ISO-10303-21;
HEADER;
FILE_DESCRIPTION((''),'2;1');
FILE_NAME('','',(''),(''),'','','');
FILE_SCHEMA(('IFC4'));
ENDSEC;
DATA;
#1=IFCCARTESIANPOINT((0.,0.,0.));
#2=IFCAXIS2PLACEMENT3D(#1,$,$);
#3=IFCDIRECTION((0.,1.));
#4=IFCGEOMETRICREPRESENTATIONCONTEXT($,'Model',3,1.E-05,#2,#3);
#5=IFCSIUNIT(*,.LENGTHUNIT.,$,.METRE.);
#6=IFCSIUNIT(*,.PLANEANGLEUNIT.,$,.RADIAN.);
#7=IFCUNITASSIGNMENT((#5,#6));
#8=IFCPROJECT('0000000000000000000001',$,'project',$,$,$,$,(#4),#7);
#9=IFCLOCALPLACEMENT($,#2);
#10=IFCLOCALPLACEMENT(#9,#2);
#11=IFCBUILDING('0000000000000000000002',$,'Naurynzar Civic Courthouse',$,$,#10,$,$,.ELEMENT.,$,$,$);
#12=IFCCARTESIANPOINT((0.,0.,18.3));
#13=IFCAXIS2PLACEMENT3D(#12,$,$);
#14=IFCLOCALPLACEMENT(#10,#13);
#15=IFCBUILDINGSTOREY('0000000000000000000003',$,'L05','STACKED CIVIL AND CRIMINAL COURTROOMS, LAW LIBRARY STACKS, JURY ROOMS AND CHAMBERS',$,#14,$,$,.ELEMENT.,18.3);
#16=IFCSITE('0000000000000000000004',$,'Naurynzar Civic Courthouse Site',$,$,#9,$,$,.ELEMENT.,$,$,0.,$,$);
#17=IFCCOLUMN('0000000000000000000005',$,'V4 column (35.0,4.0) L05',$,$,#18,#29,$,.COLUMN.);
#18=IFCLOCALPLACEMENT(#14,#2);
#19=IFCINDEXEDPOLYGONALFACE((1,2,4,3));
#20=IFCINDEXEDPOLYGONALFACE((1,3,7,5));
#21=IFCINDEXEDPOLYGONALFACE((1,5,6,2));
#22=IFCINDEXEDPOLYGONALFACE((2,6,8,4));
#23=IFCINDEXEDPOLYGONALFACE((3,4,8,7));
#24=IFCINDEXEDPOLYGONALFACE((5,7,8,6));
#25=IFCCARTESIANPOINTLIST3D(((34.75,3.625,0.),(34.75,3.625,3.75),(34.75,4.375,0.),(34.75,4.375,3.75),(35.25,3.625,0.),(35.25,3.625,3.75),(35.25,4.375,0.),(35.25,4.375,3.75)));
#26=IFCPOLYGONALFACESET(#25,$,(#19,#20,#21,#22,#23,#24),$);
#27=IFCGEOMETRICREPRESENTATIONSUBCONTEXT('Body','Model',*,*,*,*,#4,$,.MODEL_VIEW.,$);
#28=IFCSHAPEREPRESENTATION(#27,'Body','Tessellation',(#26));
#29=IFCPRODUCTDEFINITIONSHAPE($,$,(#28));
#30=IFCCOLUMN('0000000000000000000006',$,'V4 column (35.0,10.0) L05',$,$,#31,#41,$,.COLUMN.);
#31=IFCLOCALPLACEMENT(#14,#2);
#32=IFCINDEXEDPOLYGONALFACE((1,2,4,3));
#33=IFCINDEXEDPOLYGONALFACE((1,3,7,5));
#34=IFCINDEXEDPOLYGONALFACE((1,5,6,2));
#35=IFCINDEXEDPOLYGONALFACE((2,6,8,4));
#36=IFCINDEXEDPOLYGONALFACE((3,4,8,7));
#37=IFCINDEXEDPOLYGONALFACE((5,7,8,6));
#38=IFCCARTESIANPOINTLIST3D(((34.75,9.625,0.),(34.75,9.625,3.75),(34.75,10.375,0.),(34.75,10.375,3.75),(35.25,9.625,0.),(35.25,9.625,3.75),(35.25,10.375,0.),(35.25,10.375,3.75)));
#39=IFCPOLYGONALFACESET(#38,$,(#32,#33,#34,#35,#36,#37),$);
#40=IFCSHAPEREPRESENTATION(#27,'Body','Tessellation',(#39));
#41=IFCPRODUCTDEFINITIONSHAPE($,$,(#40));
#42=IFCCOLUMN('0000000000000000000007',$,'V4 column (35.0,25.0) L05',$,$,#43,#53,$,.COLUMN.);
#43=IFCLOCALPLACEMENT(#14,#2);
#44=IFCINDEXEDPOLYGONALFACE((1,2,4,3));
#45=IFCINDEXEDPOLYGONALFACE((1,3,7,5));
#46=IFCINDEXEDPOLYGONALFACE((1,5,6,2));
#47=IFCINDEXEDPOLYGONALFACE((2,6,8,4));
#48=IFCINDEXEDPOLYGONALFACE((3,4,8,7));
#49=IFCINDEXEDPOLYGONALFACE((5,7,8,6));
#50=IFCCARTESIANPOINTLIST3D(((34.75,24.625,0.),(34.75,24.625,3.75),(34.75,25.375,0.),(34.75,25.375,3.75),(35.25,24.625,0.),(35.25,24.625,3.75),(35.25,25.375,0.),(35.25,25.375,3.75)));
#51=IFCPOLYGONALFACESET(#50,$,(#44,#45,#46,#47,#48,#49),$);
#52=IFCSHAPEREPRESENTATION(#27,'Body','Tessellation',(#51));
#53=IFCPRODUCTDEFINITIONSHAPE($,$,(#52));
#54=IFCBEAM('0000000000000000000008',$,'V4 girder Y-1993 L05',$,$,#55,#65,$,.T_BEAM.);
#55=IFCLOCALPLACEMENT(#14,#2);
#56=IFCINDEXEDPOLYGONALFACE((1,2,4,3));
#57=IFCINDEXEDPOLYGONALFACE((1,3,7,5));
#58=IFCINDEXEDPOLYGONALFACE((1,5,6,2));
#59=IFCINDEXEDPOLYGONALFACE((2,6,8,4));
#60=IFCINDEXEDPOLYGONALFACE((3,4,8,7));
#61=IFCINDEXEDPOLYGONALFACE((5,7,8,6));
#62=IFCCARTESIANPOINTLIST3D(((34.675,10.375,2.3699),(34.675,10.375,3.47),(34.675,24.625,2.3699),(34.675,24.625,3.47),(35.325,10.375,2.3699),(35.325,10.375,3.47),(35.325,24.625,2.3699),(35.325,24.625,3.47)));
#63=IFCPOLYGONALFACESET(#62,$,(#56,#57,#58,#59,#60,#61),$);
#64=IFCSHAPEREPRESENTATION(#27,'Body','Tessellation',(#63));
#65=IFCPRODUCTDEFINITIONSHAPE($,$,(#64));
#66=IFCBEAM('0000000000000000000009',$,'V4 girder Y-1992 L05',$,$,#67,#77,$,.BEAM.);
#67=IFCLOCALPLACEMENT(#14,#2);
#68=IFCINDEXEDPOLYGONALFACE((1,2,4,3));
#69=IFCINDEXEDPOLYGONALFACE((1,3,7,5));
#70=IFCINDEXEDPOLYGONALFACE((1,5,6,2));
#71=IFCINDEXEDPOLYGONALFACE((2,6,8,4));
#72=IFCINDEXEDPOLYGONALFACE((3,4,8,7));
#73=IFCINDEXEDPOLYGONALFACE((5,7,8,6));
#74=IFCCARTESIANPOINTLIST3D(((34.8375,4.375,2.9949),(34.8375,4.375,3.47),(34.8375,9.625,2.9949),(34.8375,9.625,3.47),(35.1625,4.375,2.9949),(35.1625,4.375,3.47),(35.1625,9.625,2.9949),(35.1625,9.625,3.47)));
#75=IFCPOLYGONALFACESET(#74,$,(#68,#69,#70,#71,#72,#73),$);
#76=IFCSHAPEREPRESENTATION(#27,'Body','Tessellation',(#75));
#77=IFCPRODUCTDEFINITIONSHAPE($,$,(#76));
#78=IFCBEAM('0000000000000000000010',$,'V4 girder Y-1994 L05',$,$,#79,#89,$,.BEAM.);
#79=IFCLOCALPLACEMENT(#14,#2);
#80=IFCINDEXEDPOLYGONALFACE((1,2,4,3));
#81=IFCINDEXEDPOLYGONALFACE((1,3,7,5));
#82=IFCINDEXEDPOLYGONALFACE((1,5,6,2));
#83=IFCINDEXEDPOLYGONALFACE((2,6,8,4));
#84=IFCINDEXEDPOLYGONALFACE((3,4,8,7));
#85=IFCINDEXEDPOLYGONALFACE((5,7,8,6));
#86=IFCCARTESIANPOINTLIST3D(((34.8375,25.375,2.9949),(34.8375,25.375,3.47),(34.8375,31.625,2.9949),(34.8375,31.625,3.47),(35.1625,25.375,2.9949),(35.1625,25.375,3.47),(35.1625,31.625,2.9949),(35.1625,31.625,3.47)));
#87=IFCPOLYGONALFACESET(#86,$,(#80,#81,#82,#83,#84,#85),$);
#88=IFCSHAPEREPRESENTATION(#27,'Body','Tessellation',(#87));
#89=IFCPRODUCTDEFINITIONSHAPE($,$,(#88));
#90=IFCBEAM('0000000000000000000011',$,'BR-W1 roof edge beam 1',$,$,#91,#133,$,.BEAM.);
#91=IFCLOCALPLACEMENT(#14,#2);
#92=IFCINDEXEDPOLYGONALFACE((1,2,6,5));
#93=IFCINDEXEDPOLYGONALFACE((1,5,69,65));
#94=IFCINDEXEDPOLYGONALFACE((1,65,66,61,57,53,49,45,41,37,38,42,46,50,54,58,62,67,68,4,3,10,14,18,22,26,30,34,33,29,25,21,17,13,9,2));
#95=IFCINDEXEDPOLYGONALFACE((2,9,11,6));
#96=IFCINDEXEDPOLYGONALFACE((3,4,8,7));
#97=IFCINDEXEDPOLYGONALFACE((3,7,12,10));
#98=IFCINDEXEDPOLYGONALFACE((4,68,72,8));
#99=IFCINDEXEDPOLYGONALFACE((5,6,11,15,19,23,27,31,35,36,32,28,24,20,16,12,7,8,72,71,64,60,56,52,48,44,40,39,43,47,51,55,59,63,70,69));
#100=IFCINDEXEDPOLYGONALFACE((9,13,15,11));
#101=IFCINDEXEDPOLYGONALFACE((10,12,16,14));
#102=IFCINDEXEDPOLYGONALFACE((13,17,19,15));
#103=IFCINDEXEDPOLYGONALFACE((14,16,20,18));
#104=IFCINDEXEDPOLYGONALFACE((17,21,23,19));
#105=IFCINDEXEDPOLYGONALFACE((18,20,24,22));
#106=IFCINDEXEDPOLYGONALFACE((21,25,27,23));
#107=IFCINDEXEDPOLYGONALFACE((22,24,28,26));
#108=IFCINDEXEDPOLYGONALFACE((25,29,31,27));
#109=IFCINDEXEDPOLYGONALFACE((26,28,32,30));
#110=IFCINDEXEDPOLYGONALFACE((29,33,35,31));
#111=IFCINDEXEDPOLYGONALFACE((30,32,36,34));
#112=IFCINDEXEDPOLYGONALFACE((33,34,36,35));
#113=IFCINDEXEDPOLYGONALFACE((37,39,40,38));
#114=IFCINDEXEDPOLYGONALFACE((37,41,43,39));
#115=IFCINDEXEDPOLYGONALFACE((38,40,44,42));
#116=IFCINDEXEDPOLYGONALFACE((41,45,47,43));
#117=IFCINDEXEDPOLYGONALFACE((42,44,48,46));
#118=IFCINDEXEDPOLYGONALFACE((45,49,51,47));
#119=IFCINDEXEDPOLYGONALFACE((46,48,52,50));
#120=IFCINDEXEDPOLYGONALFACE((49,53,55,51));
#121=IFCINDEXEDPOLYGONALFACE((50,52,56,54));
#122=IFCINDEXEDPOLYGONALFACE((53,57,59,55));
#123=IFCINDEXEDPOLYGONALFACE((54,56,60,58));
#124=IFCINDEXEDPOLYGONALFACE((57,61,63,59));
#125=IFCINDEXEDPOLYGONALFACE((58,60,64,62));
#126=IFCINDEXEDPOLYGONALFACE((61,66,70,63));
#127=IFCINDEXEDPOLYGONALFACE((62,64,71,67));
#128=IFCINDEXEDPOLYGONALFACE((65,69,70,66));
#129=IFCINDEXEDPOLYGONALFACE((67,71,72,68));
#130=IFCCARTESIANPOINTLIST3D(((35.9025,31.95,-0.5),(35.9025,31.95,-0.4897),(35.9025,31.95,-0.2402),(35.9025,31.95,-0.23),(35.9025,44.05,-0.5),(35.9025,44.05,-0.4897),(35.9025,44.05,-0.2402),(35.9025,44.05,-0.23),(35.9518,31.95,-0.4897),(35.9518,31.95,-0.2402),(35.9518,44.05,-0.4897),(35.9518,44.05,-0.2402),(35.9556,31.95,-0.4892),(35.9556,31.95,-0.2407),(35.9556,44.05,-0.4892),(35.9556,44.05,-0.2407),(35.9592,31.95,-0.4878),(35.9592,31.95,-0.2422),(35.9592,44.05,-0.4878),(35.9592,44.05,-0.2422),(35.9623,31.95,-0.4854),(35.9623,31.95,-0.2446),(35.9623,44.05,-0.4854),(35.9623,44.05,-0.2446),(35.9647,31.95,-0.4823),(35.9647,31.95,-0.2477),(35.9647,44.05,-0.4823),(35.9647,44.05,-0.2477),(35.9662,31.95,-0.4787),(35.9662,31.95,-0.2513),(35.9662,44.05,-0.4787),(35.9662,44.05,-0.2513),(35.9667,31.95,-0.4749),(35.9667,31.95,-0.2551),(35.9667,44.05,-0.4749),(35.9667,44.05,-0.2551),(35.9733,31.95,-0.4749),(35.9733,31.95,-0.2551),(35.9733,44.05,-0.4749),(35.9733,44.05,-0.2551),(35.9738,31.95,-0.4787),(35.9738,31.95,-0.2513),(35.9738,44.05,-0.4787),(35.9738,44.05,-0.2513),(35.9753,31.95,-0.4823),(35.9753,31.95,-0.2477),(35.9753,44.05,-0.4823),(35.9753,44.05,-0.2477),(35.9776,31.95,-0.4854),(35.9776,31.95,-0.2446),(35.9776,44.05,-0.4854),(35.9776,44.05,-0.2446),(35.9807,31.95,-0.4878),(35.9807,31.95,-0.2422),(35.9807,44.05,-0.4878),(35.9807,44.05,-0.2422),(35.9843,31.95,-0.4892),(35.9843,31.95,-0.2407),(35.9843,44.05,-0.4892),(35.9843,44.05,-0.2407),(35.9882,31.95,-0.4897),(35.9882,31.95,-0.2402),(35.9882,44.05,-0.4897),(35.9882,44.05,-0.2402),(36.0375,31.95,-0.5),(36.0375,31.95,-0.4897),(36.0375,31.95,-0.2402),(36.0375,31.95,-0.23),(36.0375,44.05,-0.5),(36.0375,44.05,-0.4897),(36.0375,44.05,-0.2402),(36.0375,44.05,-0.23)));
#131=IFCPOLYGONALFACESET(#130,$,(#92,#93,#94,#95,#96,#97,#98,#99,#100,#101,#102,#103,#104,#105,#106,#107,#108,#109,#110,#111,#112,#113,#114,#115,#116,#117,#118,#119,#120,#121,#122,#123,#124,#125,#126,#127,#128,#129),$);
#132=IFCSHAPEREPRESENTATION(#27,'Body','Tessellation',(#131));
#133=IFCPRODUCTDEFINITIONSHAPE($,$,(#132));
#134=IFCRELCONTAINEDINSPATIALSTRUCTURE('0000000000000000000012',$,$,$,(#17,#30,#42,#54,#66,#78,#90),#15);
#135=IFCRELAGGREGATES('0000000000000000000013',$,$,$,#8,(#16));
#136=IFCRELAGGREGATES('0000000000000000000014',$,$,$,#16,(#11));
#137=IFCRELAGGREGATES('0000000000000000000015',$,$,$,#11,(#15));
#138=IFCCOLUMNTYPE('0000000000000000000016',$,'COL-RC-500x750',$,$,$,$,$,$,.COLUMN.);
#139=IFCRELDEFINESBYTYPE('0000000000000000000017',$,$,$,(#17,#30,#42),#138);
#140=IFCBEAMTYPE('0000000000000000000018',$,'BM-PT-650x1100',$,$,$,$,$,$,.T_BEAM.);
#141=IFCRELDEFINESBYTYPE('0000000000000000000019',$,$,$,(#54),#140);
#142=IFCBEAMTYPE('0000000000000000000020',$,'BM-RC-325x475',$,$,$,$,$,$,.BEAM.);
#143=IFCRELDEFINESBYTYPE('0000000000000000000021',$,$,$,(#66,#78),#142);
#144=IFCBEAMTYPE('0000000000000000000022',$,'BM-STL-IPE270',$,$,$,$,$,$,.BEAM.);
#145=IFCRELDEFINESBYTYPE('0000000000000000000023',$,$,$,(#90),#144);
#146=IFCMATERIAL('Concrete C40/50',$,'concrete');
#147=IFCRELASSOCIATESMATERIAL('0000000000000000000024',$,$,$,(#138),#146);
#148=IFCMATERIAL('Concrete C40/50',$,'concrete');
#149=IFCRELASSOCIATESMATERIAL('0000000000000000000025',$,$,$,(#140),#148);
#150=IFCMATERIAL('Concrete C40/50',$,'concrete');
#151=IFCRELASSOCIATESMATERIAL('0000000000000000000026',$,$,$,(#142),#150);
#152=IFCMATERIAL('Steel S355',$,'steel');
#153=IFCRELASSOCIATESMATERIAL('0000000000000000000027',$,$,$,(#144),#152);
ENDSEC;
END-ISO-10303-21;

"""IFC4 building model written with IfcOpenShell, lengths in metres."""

from ifc_helpers import new_model, si_unit, direction, frame, origin, origin_2d, place, context, subcontext, project, spatial, rectangle, i_section, extrude, material, material_profile, profile_set, type_object, element, save


model = new_model("IFC4")

# Units and contexts
model_context = context("Model", 3, precision=1e-05, world=origin(), true_north=direction((0.0, 1.0)))
body_context = subcontext(model_context, "Body", "Model", "MODEL_VIEW")
ifc_project = project(units=[si_unit("LENGTHUNIT", "METRE"), si_unit("PLANEANGLEUNIT", "RADIAN")], contexts=[model_context])

# Site, building, storey
site_placement = place(None, origin())
site = spatial("IfcSite", under=ifc_project, at=site_placement, Name="Naurynzar Civic Courthouse Site", CompositionType="ELEMENT", RefElevation=0.0)
building_placement = place(site_placement, origin())
building = spatial("IfcBuilding", under=site, at=building_placement, Name="Naurynzar Civic Courthouse", CompositionType="ELEMENT")
storey_placement = place(building_placement, frame((0.0, 0.0, 18.3)))
storey = spatial("IfcBuildingStorey", under=building, at=storey_placement, Name="L05", Description="STACKED CIVIL AND CRIMINAL COURTROOMS, LAW LIBRARY STACKS, JURY ROOMS AND CHAMBERS", CompositionType="ELEMENT", Elevation=18.3)

# Columns
ifc_material_1 = material(Name="Concrete C40/50", Category="concrete")
ifc_material_profile_1 = material_profile(ifc_material_1, rectangle(XDim=0.5, YDim=0.75, at=origin_2d()), Name="RC 500x750")
ifc_profile_set_1 = profile_set([ifc_material_profile_1], Name="Concrete C40/50")
column_type = type_object("IfcColumnType", Name="COL-RC-500x750", PredefinedType="COLUMN", material=ifc_profile_set_1)
for number, where, z_axis, x_axis, name in (
    (1, (35.0, 4.0, 0.0), (0.0, 0.0, 1.0), (1.0, 0.0, 0.0), "V4 column (35.0,4.0) L05"),
    (2, (35.0, 10.0, 0.0), (0.0, 0.0, 1.0), (1.0, 0.0, 0.0), "V4 column (35.0,10.0) L05"),
    (3, (35.0, 25.0, 0.0), (0.0, 0.0, 1.0), (1.0, 0.0, 0.0), "V4 column (35.0,25.0) L05"),
):
    element("IfcColumn", number, at=place(storey_placement, frame(where, z_axis=z_axis, x_axis=x_axis)), inside=storey, type_object=column_type, Name=name, PredefinedType="COLUMN", context=body_context, shape_type="SweptSolid", body=[
        extrude(rectangle(XDim=0.5, YDim=0.75, at=origin_2d()), origin(), (0.0, 0.0, 1.0), 3.75),
    ])

# Beams
ifc_material_2 = material(Name="Concrete C40/50", Category="concrete")
ifc_material_profile_2 = material_profile(ifc_material_2, rectangle(XDim=0.6499, YDim=1.1001, at=origin_2d()), Name="PTB 650x1100")
ifc_profile_set_2 = profile_set([ifc_material_profile_2], Name="Concrete C40/50")
beam_type_1 = type_object("IfcBeamType", Name="BM-PT-650x1100", PredefinedType="T_BEAM", material=ifc_profile_set_2)
beam_1_placement = place(storey_placement, frame((35.0, 10.375, 2.9199), z_axis=(0.0, 1.0, 0.0), x_axis=(-1.0, 0.0, 0.0)))
element("IfcBeam", 4, at=beam_1_placement, inside=storey, type_object=beam_type_1, Name="V4 girder Y-1993 L05", PredefinedType="T_BEAM", context=body_context, shape_type="SweptSolid", body=[
    extrude(rectangle(XDim=0.6499, YDim=1.1001, at=origin_2d()), origin(), (0.0, 0.0, 1.0), 14.25),
])
ifc_material_3 = material(Name="Concrete C40/50", Category="concrete")
ifc_material_profile_3 = material_profile(ifc_material_3, rectangle(XDim=0.325, YDim=0.4751, at=origin_2d()), Name="RCB 325x475")
ifc_profile_set_3 = profile_set([ifc_material_profile_3], Name="Concrete C40/50")
beam_type_2 = type_object("IfcBeamType", Name="BM-RC-325x475", PredefinedType="BEAM", material=ifc_profile_set_3)
beam_2_placement = place(storey_placement, frame((35.0, 4.375, 3.2324), z_axis=(0.0, 1.0, 0.0), x_axis=(-1.0, 0.0, 0.0)))
element("IfcBeam", 5, at=beam_2_placement, inside=storey, type_object=beam_type_2, Name="V4 girder Y-1992 L05", PredefinedType="BEAM", context=body_context, shape_type="SweptSolid", body=[
    extrude(rectangle(XDim=0.325, YDim=0.4751, at=origin_2d()), origin(), (0.0, 0.0, 1.0), 5.25),
])
beam_3_placement = place(storey_placement, frame((35.0, 25.375, 3.2324), z_axis=(0.0, 1.0, 0.0), x_axis=(-1.0, 0.0, 0.0)))
element("IfcBeam", 6, at=beam_3_placement, inside=storey, type_object=beam_type_2, Name="V4 girder Y-1994 L05", PredefinedType="BEAM", context=body_context, shape_type="SweptSolid", body=[
    extrude(rectangle(XDim=0.325, YDim=0.4751, at=origin_2d()), origin(), (0.0, 0.0, 1.0), 6.25),
])
ifc_material_4 = material(Name="Steel S355", Category="steel")
ifc_material_profile_4 = material_profile(ifc_material_4, i_section(OverallWidth=0.135, OverallDepth=0.27, WebThickness=0.0066, FlangeThickness=0.0103, FilletRadius=0.0149, at=origin_2d()), Name="IPE 270")
ifc_profile_set_4 = profile_set([ifc_material_profile_4], Name="Steel S355")
beam_type_3 = type_object("IfcBeamType", Name="BM-STL-IPE270", PredefinedType="BEAM", material=ifc_profile_set_4)
beam_4_placement = place(storey_placement, frame((35.97, 31.95, -0.365), z_axis=(0.0, 1.0, 0.0), x_axis=(-1.0, 0.0, 0.0)))
element("IfcBeam", 7, at=beam_4_placement, inside=storey, type_object=beam_type_3, Name="BR-W1 roof edge beam 1", PredefinedType="BEAM", context=body_context, shape_type="SweptSolid", body=[
    extrude(i_section(OverallWidth=0.135, OverallDepth=0.27, WebThickness=0.0066, FlangeThickness=0.0103, FilletRadius=0.0149, at=origin_2d()), origin(), (0.0, 0.0, 1.0), 12.1001),
])

save(model, "model.ifc")
